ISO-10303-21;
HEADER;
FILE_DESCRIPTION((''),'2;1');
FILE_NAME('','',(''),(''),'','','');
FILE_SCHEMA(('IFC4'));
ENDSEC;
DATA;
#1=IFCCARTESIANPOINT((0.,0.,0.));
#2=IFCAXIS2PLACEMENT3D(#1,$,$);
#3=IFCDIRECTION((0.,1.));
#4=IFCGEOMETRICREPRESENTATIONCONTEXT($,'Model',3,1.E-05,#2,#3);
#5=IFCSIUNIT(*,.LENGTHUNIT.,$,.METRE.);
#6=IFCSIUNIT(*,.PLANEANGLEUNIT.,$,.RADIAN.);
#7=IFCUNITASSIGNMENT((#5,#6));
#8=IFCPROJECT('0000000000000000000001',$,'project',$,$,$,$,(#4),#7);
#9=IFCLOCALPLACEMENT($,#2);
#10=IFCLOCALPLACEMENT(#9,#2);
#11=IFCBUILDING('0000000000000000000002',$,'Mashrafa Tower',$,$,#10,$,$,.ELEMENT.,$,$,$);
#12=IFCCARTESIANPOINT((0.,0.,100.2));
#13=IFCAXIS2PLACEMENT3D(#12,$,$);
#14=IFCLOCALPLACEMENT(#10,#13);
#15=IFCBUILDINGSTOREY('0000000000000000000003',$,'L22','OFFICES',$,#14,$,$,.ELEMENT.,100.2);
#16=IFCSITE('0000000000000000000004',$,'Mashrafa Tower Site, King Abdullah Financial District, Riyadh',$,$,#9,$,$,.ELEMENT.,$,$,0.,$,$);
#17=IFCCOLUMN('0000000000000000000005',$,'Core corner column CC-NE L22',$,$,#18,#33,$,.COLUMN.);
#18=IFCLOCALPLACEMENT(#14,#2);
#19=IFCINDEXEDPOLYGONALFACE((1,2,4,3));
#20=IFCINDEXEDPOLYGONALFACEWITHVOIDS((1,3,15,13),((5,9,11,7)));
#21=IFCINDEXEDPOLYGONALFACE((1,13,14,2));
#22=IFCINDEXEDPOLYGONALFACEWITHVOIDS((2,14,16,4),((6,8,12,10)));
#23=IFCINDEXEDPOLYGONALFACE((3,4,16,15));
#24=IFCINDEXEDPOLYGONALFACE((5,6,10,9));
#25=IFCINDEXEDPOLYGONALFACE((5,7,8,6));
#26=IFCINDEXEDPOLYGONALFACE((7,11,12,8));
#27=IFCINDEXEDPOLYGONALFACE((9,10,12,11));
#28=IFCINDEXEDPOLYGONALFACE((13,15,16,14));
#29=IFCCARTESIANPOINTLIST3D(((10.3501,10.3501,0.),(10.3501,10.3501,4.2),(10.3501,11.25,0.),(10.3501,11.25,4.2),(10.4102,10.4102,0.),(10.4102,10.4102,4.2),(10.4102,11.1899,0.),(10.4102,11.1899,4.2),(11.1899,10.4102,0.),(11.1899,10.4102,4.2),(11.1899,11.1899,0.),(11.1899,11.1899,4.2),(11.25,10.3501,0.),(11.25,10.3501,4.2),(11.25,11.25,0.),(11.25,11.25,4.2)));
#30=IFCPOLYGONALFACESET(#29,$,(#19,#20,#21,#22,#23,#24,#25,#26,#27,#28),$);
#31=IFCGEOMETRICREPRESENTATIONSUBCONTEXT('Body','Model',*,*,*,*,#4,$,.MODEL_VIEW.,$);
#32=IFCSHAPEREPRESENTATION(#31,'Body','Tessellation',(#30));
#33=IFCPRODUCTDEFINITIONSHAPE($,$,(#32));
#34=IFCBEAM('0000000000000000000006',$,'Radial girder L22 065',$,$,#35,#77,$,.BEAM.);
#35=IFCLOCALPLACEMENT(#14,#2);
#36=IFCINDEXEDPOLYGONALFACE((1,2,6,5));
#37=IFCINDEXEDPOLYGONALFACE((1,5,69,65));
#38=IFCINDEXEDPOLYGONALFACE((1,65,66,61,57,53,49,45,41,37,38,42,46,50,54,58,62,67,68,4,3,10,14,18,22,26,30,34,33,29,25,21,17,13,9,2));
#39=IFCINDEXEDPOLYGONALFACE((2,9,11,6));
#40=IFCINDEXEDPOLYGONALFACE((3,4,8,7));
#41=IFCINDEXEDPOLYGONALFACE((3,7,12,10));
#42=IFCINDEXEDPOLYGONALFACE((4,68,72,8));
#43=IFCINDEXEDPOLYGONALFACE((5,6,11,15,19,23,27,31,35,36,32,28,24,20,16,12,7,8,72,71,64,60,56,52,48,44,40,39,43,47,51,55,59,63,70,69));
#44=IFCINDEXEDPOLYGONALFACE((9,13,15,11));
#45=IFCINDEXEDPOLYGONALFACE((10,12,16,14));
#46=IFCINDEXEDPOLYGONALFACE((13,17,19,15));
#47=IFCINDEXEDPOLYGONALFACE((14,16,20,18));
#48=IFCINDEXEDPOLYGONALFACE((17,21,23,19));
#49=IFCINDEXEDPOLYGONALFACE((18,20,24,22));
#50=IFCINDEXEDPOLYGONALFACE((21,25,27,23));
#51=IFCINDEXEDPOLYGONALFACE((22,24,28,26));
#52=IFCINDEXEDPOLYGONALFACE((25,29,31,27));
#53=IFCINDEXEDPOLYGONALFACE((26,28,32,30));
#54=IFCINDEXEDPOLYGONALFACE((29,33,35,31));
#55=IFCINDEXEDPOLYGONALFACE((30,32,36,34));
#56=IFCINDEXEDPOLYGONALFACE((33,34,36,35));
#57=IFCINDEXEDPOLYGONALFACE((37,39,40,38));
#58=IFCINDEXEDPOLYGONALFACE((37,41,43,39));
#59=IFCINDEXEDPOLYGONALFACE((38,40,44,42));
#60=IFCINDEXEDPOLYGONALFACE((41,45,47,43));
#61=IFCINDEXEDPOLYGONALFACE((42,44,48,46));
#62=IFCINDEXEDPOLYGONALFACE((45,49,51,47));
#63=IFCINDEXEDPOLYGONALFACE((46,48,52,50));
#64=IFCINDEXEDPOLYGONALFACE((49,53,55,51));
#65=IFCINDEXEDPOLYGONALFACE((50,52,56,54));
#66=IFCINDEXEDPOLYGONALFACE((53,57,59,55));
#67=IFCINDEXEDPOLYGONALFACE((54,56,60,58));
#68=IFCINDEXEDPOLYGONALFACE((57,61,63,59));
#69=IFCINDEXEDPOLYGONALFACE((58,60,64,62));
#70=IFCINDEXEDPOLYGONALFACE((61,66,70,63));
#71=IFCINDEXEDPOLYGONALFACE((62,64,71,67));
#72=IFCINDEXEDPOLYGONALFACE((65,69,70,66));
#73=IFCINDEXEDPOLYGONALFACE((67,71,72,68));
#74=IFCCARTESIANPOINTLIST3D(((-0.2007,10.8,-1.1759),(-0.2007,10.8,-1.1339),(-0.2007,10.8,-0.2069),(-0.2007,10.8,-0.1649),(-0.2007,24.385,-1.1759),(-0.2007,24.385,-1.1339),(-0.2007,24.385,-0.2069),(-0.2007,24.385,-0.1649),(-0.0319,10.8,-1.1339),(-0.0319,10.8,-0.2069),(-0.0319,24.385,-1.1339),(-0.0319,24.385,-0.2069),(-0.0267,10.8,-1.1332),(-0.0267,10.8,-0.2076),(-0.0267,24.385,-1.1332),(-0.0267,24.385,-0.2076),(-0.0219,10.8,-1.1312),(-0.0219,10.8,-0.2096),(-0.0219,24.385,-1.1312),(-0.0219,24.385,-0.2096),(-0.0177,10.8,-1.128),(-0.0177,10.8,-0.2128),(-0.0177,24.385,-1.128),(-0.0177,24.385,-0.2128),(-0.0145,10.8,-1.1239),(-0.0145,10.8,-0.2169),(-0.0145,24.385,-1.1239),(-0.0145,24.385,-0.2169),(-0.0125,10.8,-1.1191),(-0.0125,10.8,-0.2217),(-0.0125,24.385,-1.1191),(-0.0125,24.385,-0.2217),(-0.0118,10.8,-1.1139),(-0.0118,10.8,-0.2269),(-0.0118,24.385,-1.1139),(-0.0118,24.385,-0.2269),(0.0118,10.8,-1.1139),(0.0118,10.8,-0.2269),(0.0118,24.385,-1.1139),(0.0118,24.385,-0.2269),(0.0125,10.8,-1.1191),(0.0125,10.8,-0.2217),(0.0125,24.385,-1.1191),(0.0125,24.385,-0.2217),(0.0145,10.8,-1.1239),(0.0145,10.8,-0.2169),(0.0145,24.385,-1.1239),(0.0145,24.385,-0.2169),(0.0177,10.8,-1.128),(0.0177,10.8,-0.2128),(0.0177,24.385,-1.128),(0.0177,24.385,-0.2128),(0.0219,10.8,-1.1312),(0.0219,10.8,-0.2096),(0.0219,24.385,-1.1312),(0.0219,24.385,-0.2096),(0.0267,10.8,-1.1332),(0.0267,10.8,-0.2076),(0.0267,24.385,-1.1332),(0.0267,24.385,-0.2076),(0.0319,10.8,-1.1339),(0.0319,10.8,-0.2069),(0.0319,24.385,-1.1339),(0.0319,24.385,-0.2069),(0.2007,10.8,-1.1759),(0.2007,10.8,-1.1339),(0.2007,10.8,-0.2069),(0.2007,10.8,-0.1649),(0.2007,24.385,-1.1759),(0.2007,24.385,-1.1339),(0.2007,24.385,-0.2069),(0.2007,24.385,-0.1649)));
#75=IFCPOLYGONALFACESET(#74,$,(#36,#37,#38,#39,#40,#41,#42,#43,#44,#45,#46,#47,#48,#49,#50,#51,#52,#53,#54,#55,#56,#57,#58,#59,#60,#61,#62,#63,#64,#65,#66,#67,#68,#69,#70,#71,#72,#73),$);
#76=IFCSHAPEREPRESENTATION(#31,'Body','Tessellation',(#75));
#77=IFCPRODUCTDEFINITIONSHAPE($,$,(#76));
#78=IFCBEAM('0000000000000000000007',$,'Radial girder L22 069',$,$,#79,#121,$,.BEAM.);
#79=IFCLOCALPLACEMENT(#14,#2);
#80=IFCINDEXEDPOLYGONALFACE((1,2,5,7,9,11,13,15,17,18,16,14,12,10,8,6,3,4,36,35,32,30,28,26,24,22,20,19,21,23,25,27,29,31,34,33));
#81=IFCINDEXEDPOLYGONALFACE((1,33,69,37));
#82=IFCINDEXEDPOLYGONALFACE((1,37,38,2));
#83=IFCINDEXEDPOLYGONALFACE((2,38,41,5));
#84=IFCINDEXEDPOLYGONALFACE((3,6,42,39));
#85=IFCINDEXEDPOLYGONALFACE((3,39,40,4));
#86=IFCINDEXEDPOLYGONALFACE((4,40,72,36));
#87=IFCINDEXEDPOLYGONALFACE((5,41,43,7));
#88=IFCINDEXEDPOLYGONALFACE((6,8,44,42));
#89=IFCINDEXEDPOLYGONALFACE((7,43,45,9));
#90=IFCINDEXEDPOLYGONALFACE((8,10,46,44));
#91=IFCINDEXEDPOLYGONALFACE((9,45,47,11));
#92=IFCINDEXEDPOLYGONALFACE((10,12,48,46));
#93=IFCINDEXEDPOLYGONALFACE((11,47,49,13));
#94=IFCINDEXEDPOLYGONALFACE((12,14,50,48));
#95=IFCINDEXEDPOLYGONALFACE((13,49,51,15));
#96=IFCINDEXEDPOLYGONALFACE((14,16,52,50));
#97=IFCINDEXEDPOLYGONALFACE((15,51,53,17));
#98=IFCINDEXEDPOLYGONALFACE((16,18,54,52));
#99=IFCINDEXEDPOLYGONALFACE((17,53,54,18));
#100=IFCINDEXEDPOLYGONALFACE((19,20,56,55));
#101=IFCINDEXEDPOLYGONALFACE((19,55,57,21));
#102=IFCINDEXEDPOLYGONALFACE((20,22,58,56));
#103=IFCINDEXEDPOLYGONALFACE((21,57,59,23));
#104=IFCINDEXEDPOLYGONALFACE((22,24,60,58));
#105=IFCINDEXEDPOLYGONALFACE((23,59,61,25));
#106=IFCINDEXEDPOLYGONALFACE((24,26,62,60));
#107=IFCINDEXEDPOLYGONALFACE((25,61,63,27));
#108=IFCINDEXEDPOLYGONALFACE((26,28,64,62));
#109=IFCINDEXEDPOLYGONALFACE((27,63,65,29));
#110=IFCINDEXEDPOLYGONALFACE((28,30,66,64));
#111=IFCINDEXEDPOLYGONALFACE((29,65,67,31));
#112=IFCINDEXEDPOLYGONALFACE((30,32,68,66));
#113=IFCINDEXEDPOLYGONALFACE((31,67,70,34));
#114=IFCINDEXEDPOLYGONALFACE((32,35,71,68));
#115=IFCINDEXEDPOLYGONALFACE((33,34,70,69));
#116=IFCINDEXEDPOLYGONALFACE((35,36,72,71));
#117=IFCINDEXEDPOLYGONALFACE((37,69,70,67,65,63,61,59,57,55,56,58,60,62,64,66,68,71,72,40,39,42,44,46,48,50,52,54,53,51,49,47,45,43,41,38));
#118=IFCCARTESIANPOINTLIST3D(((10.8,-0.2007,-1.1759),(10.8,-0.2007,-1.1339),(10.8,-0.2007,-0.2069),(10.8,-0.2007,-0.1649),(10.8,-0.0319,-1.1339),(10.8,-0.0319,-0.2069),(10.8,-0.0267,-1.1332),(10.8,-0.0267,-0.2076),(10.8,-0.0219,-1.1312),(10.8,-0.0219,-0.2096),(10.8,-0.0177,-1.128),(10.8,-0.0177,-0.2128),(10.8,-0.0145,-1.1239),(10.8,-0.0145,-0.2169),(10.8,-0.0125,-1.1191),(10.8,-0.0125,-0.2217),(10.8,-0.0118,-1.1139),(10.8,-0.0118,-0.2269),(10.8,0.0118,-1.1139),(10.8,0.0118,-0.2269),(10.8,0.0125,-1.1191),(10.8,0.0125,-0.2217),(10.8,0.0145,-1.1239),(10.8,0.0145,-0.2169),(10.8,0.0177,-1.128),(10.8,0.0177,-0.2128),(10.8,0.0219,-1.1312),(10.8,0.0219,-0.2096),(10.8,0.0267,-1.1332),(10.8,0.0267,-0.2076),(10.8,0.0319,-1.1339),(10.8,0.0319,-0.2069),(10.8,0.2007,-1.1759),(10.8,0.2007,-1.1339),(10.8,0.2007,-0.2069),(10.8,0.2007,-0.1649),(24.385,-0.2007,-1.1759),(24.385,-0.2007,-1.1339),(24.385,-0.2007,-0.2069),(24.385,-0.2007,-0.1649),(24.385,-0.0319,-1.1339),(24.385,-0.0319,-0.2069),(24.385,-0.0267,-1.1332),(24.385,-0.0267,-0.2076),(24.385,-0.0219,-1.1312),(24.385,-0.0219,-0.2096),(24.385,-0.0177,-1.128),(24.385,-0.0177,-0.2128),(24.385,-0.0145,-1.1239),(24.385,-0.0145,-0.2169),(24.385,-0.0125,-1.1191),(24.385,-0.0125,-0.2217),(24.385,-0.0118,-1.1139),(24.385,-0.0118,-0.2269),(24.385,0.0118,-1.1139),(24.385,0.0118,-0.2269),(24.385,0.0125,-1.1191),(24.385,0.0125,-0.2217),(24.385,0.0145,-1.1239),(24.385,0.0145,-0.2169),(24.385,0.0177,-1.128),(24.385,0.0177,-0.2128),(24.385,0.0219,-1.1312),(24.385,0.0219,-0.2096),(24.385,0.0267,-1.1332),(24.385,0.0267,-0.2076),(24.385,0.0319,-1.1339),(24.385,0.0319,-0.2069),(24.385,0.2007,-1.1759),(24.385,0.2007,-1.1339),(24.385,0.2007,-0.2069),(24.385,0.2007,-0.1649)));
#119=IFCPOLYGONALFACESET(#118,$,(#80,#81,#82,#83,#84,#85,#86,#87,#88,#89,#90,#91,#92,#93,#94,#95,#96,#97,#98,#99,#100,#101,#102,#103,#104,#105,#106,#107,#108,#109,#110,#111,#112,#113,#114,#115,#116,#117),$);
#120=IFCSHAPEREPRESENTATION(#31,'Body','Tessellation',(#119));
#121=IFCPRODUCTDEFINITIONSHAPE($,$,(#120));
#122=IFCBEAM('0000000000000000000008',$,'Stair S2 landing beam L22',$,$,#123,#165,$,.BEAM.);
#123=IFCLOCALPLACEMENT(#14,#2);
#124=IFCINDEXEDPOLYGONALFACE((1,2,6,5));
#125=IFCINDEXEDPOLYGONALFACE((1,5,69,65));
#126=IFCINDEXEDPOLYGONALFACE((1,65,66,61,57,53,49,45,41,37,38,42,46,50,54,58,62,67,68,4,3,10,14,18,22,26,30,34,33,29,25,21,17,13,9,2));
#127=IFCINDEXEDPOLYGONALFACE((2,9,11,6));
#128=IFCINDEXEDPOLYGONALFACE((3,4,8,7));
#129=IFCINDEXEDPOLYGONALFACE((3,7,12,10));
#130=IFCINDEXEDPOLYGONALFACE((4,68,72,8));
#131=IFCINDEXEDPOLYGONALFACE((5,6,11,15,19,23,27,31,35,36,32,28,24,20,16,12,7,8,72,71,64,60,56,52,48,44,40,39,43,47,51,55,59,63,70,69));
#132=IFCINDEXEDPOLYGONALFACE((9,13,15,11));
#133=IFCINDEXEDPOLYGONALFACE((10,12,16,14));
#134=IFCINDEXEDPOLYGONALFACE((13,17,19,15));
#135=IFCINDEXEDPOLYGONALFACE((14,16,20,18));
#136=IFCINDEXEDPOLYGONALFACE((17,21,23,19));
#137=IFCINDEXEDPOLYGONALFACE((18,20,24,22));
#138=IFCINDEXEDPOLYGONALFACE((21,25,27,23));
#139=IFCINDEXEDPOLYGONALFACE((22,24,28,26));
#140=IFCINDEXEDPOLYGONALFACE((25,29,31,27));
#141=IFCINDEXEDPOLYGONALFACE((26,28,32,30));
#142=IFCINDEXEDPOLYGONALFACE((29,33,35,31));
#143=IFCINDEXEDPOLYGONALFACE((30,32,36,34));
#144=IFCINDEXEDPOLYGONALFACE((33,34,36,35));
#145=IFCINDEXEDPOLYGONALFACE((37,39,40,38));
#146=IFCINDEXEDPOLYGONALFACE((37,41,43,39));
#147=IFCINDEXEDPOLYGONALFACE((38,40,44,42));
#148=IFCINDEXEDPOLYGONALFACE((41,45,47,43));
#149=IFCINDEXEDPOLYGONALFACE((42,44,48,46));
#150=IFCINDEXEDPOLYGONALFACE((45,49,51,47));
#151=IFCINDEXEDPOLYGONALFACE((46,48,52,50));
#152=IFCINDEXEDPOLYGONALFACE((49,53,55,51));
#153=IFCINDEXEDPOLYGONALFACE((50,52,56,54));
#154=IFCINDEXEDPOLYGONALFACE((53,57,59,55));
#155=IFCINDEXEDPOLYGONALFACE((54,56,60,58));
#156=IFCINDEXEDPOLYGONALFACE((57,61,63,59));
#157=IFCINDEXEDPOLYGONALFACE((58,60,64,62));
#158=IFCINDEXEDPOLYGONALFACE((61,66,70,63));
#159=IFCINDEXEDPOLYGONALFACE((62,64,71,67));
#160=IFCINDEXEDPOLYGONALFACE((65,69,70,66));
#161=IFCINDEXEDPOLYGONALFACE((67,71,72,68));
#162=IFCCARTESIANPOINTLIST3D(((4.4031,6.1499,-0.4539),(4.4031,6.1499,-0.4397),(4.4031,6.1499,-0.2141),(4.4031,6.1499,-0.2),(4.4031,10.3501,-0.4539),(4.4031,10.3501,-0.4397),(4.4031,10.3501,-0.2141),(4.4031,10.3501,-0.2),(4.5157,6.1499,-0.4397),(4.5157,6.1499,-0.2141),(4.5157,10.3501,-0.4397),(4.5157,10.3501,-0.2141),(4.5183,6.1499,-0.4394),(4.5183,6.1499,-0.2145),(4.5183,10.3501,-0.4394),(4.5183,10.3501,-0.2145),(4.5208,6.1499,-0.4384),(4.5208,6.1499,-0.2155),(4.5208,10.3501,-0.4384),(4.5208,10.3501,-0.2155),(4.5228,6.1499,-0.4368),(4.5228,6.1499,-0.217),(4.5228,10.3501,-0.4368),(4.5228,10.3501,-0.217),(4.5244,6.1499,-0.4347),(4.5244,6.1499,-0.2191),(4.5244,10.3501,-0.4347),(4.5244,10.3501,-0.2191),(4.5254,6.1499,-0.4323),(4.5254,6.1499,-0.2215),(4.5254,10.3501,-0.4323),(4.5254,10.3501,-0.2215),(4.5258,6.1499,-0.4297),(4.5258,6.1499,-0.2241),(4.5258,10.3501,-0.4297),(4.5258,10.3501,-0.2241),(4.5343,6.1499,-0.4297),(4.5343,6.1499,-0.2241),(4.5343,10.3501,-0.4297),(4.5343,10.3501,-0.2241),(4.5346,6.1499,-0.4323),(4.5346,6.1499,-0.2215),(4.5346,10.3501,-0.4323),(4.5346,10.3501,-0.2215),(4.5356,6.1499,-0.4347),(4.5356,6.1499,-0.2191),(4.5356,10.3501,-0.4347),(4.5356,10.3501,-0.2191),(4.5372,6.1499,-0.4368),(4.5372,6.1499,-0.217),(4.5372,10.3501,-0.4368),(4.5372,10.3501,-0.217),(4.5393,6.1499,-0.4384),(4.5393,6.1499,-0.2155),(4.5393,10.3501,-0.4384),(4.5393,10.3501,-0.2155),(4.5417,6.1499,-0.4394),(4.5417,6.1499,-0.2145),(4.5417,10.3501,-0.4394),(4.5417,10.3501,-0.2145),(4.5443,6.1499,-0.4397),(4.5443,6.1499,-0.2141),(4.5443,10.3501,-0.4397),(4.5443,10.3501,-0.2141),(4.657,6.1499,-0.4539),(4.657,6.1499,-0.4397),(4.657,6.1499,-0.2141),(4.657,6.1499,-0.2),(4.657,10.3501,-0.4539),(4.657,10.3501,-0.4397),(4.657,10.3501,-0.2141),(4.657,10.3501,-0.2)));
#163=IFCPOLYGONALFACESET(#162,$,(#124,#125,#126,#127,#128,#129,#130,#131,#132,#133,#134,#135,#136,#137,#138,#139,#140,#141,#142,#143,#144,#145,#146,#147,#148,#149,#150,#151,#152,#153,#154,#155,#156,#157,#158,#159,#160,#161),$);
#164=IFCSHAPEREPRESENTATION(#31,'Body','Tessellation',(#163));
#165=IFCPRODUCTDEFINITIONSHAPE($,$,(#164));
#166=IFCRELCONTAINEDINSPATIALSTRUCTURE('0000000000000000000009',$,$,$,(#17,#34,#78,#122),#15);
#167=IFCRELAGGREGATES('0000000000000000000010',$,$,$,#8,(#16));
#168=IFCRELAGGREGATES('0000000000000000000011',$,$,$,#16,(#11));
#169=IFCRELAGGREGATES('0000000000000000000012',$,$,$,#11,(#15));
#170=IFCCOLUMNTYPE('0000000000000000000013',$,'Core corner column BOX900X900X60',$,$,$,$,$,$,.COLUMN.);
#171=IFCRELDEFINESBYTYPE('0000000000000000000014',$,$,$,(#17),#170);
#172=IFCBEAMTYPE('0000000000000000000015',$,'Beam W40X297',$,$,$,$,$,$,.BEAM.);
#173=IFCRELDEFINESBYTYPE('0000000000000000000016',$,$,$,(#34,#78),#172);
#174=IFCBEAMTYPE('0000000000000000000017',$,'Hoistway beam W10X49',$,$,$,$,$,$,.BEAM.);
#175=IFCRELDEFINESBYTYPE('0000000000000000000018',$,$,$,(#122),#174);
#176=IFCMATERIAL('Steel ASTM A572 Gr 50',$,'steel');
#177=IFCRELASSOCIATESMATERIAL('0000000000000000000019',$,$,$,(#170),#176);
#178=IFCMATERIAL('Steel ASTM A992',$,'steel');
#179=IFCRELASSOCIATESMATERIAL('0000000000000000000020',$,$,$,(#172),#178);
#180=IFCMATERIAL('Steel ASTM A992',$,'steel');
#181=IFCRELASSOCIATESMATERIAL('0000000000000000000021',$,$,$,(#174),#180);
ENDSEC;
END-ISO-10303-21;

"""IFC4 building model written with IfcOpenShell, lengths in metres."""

from ifc_helpers import new_model, si_unit, direction, frame, origin, origin_2d, place, context, subcontext, project, spatial, hollow_rectangle, i_section, extrude, material, material_profile, profile_set, type_object, element, save


model = new_model("IFC4")

# Units and contexts
model_context = context("Model", 3, precision=1e-05, world=origin(), true_north=direction((0.0, 1.0)))
body_context = subcontext(model_context, "Body", "Model", "MODEL_VIEW")
ifc_project = project(units=[si_unit("LENGTHUNIT", "METRE"), si_unit("PLANEANGLEUNIT", "RADIAN")], contexts=[model_context])

# Site, building, storey
site_placement = place(None, origin())
site = spatial("IfcSite", under=ifc_project, at=site_placement, Name="Mashrafa Tower Site, King Abdullah Financial District, Riyadh", CompositionType="ELEMENT", RefElevation=0.0)
building_placement = place(site_placement, origin())
building = spatial("IfcBuilding", under=site, at=building_placement, Name="Mashrafa Tower", CompositionType="ELEMENT")
storey_placement = place(building_placement, frame((0.0, 0.0, 100.2)))
storey = spatial("IfcBuildingStorey", under=building, at=storey_placement, Name="L22", Description="OFFICES", CompositionType="ELEMENT", Elevation=100.2)

# Column
ifc_material_1 = material(Name="Steel ASTM A572 Gr 50", Category="steel")
ifc_material_profile_1 = material_profile(ifc_material_1, hollow_rectangle(XDim=0.8999, YDim=0.8999, WallThickness=0.0601, at=origin_2d()), Name="BOX900X900X60")
ifc_profile_set_1 = profile_set([ifc_material_profile_1], Name="Steel ASTM A572 Gr 50")
column_type = type_object("IfcColumnType", Name="Core corner column BOX900X900X60", PredefinedType="COLUMN", material=ifc_profile_set_1)
column_placement = place(storey_placement, frame((10.8, 10.8, 0.0), z_axis=(0.0, 0.0, 1.0), x_axis=(1.0, 0.0, 0.0)))
element("IfcColumn", 1, at=column_placement, inside=storey, type_object=column_type, Name="Core corner column CC-NE L22", PredefinedType="COLUMN", context=body_context, shape_type="SweptSolid", body=[
    extrude(hollow_rectangle(XDim=0.8999, YDim=0.8999, WallThickness=0.0601, at=origin_2d()), origin(), (0.0, 0.0, 1.0), 4.2),
])

# Beams
ifc_material_2 = material(Name="Steel ASTM A992", Category="steel")
ifc_material_profile_2 = material_profile(ifc_material_2, i_section(OverallWidth=0.4014, OverallDepth=1.011, WebThickness=0.0237, FlangeThickness=0.042, FilletRadius=0.02, at=origin_2d()), Name="W40X297")
ifc_profile_set_2 = profile_set([ifc_material_profile_2], Name="Steel ASTM A992")
beam_type_1 = type_object("IfcBeamType", Name="Beam W40X297", PredefinedType="BEAM", material=ifc_profile_set_2)
for number, where, z_axis, x_axis, name in (
    (2, (0.0, 10.8, -0.6704), (0.0, 1.0, 0.0), (-1.0, 0.0, 0.0), "Radial girder L22 065"),
    (3, (10.8, 0.0, -0.6704), (1.0, 0.0, 0.0), (0.0, 1.0, 0.0), "Radial girder L22 069"),
):
    element("IfcBeam", number, at=place(storey_placement, frame(where, z_axis=z_axis, x_axis=x_axis)), inside=storey, type_object=beam_type_1, Name=name, PredefinedType="BEAM", context=body_context, shape_type="SweptSolid", body=[
        extrude(i_section(OverallWidth=0.4014, OverallDepth=1.011, WebThickness=0.0237, FlangeThickness=0.042, FilletRadius=0.02, at=origin_2d()), origin(), (0.0, 0.0, 1.0), 13.585),
    ])
ifc_material_3 = material(Name="Steel ASTM A992", Category="steel")
ifc_material_profile_3 = material_profile(ifc_material_3, i_section(OverallWidth=0.2539, OverallDepth=0.2539, WebThickness=0.0085, FlangeThickness=0.0142, FilletRadius=0.01, at=origin_2d()), Name="W10X49")
ifc_profile_set_3 = profile_set([ifc_material_profile_3], Name="Steel ASTM A992")
beam_type_2 = type_object("IfcBeamType", Name="Hoistway beam W10X49", PredefinedType="BEAM", material=ifc_profile_set_3)
beam_placement = place(storey_placement, frame((4.53, 6.1499, -0.3269), z_axis=(0.0, 1.0, 0.0), x_axis=(-1.0, 0.0, 0.0)))
element("IfcBeam", 4, at=beam_placement, inside=storey, type_object=beam_type_2, Name="Stair S2 landing beam L22", PredefinedType="BEAM", context=body_context, shape_type="SweptSolid", body=[
    extrude(i_section(OverallWidth=0.2539, OverallDepth=0.2539, WebThickness=0.0085, FlangeThickness=0.0142, FilletRadius=0.01, at=origin_2d()), origin(), (0.0, 0.0, 1.0), 4.2002),
])

save(model, "model.ifc")
